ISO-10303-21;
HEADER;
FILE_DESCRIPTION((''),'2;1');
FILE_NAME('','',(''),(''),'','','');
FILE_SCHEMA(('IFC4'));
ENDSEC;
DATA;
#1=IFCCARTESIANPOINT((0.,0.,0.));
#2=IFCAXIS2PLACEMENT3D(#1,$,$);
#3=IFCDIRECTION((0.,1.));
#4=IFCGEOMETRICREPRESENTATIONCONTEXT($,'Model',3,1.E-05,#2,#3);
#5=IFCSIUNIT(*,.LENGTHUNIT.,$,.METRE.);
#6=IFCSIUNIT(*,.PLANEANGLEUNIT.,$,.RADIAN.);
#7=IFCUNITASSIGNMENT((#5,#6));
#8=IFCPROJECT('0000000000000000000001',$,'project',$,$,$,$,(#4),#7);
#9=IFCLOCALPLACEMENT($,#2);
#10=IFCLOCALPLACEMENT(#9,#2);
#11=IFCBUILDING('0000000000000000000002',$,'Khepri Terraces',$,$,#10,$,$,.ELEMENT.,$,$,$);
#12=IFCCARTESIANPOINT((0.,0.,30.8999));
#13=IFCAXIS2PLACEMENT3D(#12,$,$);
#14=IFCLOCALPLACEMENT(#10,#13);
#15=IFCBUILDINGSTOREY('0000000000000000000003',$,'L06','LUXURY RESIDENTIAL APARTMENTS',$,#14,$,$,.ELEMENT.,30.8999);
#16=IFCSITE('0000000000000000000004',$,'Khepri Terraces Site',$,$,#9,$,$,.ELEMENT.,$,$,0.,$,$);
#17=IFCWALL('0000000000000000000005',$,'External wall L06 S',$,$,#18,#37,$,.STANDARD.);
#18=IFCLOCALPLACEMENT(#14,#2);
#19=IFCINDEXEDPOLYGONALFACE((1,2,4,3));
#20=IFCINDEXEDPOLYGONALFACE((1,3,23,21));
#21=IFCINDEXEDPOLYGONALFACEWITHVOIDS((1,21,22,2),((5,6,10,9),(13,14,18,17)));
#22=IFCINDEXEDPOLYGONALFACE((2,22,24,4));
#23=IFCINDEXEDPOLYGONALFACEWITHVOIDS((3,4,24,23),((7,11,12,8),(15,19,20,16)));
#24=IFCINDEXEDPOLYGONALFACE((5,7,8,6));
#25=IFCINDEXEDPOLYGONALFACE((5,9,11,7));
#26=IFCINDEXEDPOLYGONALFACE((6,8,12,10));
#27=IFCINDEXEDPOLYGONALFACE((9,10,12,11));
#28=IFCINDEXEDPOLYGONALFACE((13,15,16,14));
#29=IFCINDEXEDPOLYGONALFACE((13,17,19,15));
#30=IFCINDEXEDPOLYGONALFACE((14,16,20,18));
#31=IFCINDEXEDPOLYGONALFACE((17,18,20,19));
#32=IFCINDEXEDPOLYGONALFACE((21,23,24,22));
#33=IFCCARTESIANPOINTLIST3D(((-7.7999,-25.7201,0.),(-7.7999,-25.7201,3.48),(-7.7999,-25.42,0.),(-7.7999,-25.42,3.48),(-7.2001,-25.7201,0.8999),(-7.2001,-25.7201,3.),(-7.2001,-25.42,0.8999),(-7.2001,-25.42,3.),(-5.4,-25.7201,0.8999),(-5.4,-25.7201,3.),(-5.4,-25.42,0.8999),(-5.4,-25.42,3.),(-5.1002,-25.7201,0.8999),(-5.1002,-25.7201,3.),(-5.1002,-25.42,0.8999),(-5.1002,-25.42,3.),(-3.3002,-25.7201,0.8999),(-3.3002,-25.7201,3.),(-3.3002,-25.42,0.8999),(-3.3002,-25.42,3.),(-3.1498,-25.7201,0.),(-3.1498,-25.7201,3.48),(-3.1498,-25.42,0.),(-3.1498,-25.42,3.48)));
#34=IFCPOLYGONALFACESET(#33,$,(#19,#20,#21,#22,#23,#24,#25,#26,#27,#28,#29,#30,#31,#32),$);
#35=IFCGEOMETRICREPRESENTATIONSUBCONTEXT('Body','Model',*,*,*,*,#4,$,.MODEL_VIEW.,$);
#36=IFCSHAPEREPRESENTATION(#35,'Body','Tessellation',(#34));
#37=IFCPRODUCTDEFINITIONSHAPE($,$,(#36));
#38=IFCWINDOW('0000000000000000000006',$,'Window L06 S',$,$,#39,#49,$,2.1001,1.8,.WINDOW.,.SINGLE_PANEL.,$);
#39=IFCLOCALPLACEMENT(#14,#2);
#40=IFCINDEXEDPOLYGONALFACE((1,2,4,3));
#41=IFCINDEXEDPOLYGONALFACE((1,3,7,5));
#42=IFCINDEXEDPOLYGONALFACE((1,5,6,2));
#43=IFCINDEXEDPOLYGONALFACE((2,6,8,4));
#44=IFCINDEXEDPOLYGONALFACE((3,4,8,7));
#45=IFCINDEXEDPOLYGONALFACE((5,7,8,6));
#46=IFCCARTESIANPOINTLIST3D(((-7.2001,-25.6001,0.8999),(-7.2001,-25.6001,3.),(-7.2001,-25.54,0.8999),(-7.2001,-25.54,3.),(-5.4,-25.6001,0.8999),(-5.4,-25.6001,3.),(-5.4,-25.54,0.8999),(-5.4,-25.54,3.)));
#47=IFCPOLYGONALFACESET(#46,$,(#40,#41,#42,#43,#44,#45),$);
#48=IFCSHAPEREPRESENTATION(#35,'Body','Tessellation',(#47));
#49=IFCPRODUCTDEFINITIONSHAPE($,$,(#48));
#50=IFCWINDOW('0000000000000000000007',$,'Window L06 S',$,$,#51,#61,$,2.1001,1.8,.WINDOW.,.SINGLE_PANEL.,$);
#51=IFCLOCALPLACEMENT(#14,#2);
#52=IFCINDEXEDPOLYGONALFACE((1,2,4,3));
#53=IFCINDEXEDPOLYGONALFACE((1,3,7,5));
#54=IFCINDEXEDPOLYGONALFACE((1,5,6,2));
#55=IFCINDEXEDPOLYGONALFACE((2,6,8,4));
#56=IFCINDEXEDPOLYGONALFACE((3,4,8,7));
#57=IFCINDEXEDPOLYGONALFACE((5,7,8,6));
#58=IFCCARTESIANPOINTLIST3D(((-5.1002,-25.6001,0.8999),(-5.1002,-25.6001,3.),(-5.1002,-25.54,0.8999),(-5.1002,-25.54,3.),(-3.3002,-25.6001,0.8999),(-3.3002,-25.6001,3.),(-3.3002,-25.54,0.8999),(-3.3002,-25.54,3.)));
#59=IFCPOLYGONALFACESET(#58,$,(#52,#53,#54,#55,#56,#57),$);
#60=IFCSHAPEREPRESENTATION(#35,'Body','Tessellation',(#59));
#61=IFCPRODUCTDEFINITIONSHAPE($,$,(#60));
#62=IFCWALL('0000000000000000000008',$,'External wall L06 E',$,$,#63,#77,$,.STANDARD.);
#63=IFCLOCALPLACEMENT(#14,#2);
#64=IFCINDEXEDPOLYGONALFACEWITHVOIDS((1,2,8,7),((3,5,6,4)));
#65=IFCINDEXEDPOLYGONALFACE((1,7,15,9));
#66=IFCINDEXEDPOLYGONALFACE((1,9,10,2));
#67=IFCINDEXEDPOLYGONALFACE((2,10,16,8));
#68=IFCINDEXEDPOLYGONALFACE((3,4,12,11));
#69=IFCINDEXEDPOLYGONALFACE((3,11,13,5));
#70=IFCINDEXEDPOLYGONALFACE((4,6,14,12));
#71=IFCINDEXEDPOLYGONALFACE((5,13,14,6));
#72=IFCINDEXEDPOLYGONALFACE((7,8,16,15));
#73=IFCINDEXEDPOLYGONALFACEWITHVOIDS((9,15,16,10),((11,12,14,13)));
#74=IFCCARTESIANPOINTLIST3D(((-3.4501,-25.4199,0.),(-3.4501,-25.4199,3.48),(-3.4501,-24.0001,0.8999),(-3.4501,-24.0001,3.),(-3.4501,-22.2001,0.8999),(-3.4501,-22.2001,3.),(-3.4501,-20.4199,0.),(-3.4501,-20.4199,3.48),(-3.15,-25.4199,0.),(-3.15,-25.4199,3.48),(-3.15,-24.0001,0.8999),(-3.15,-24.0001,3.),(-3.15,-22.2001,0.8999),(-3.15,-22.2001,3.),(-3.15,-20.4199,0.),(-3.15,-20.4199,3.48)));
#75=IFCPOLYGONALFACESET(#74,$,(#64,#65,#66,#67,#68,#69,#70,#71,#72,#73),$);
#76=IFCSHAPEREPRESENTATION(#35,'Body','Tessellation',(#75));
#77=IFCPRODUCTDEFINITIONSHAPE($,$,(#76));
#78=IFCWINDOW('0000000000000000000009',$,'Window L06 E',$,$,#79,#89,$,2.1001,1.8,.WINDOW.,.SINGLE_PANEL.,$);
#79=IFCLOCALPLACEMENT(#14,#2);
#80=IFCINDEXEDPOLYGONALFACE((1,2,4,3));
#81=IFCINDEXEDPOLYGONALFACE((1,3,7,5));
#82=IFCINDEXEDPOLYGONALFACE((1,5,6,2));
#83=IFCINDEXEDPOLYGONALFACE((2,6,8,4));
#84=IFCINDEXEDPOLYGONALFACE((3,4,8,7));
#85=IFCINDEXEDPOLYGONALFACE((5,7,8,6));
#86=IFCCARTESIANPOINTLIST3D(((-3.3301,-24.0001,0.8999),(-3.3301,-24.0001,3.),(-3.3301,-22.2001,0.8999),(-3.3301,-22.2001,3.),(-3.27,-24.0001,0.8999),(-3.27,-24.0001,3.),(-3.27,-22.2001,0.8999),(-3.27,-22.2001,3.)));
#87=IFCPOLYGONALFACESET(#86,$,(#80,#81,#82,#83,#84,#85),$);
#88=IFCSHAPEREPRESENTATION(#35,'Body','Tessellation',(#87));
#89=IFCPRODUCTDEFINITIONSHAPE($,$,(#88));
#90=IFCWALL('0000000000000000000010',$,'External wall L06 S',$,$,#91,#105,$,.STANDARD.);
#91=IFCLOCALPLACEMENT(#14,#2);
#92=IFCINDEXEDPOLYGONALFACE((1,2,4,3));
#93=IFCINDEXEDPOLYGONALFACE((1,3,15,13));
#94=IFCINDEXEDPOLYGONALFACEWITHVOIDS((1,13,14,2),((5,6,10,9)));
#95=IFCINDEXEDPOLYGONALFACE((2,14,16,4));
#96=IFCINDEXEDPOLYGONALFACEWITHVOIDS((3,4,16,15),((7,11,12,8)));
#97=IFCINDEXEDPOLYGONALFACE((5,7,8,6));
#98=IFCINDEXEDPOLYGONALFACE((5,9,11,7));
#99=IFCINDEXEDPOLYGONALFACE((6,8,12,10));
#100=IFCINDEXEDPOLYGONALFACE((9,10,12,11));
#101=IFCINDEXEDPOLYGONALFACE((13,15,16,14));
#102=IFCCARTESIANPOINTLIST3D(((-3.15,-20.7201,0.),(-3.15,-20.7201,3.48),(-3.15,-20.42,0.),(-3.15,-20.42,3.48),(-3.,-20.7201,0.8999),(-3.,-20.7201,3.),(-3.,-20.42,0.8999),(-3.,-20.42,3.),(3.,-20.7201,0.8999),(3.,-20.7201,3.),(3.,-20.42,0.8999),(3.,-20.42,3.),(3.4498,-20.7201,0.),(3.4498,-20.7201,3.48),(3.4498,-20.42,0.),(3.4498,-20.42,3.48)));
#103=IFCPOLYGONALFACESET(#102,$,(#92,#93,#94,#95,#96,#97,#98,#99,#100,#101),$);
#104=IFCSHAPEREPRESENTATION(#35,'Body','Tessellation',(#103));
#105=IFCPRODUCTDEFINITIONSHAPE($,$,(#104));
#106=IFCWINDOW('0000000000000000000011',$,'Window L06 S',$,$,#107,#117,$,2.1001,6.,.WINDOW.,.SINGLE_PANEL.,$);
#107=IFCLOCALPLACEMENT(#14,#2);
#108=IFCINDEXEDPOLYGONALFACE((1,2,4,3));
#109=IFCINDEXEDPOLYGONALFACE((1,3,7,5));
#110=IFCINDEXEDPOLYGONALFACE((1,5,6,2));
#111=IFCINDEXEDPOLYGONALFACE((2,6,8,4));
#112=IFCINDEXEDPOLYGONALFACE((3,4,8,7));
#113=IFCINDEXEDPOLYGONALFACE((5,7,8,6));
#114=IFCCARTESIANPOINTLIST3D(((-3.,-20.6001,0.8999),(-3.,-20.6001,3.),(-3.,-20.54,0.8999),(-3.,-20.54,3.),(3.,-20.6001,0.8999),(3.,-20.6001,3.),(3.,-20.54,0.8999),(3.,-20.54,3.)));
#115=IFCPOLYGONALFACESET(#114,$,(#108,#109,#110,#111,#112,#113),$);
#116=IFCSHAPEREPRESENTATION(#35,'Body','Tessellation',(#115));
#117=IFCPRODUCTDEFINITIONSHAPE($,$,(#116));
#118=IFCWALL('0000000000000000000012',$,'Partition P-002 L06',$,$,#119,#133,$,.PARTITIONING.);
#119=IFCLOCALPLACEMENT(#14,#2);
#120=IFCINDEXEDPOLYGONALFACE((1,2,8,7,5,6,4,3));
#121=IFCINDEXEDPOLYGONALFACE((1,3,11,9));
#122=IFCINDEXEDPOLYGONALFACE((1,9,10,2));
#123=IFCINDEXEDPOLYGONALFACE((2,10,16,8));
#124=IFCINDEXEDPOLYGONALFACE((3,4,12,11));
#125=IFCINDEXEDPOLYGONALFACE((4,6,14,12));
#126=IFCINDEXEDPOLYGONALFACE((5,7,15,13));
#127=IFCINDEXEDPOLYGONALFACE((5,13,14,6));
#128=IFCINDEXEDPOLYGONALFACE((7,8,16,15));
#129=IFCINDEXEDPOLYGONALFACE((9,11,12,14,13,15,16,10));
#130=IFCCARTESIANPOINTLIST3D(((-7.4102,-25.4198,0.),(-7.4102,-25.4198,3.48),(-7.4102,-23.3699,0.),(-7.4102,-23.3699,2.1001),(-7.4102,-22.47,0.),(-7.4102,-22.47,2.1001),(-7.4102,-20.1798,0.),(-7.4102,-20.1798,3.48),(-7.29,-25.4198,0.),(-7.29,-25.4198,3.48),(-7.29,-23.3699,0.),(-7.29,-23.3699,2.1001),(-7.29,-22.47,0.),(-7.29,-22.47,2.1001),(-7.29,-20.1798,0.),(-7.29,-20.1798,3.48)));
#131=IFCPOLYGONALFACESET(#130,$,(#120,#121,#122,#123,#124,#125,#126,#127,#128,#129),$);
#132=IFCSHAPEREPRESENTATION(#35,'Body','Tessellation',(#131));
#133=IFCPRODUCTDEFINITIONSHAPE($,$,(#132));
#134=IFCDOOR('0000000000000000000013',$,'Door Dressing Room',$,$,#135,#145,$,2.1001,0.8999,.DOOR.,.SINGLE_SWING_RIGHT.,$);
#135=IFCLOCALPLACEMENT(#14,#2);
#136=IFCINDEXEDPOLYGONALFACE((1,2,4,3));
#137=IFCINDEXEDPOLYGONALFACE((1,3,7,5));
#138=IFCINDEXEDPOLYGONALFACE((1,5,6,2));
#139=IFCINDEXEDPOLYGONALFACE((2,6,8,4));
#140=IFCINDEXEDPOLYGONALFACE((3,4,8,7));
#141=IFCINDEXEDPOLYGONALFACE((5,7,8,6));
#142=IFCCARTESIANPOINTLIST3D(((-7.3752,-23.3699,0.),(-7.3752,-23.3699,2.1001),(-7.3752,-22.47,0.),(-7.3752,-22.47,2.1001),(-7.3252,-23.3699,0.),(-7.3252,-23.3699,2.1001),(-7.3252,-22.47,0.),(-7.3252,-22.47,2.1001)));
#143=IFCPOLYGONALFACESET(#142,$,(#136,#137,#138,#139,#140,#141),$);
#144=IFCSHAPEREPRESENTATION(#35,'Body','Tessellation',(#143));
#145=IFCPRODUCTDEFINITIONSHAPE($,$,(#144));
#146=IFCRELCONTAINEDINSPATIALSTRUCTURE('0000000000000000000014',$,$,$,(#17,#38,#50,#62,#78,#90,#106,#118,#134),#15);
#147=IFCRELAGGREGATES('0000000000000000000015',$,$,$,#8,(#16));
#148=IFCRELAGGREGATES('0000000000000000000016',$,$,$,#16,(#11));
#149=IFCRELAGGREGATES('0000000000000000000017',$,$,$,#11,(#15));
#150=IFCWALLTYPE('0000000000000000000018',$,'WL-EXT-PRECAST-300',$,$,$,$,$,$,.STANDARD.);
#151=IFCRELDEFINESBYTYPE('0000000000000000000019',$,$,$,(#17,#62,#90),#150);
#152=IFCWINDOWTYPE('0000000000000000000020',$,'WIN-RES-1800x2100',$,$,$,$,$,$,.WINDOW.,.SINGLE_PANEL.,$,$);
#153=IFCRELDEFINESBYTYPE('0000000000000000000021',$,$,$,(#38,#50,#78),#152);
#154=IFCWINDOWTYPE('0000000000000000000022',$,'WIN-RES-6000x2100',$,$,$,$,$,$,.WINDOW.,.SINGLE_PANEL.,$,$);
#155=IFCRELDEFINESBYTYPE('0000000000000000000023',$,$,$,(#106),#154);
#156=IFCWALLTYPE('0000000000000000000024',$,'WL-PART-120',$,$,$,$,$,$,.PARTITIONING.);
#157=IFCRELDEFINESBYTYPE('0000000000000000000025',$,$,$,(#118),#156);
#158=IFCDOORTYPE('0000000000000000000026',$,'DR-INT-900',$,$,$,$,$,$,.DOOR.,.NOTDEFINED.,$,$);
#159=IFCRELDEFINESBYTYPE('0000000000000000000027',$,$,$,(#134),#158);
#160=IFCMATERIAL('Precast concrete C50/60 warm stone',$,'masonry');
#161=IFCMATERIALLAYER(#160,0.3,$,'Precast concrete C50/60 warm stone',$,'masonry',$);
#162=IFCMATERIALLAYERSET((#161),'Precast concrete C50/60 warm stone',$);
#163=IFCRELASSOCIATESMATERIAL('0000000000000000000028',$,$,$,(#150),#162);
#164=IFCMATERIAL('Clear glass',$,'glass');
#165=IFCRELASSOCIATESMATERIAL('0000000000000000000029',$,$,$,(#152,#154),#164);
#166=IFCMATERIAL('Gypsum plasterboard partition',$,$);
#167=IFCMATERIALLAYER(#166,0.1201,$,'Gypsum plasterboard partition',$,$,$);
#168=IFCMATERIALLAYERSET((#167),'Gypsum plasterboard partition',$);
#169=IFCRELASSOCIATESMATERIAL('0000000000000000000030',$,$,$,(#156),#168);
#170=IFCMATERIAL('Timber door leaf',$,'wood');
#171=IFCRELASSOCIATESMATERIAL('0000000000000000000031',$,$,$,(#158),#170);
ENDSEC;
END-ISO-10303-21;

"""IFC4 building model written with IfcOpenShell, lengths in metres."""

from ifc_helpers import new_model, si_unit, direction, frame, frame_2d, origin, place, context, subcontext, project, spatial, rectangle, extrude, material, layer, layer_set, type_object, element, fill, save


model = new_model("IFC4")

# Units and contexts
model_context = context("Model", 3, precision=1e-05, world=origin(), true_north=direction((0.0, 1.0)))
body_context = subcontext(model_context, "Body", "Model", "MODEL_VIEW")
ifc_project = project(units=[si_unit("LENGTHUNIT", "METRE"), si_unit("PLANEANGLEUNIT", "RADIAN")], contexts=[model_context])

# Site, building, storey
site_placement = place(None, origin())
site = spatial("IfcSite", under=ifc_project, at=site_placement, Name="Khepri Terraces Site", CompositionType="ELEMENT", RefElevation=0.0)
building_placement = place(site_placement, origin())
building = spatial("IfcBuilding", under=site, at=building_placement, Name="Khepri Terraces", CompositionType="ELEMENT")
storey_placement = place(building_placement, frame((0.0, 0.0, 30.8999)))
storey = spatial("IfcBuildingStorey", under=building, at=storey_placement, Name="L06", Description="LUXURY RESIDENTIAL APARTMENTS", CompositionType="ELEMENT", Elevation=30.8999)

# Wall, openings, windows
ifc_material_1 = material(Name="Precast concrete C50/60 warm stone", Category="masonry")
ifc_layer_1 = layer(ifc_material_1, 0.3, Name="Precast concrete C50/60 warm stone", Category="masonry")
ifc_layer_set_1 = layer_set([ifc_layer_1], Name="Precast concrete C50/60 warm stone")
wall_type_1 = type_object("IfcWallType", Name="WL-EXT-PRECAST-300", PredefinedType="STANDARD", material=ifc_layer_set_1)
wall_1_placement = place(storey_placement, frame((-7.8, -25.5701, 0.0), z_axis=(0.0, 0.0, 1.0), x_axis=(1.0, 0.0, 0.0)))
wall_1 = element("IfcWall", 1, at=wall_1_placement, inside=storey, type_object=wall_type_1, Name="External wall L06 S", PredefinedType="STANDARD", context=body_context, shape_type="SweptSolid", body=[
    extrude(rectangle(XDim=4.6501, YDim=0.3, at=frame_2d((2.3252, 0.0))), origin(), (0.0, 0.0, 1.0), 3.48),
])
opening_1_placement = place(wall_1_placement, frame((0.6001, 0.0, 0.8999)))
opening_1 = element("IfcOpeningElement", 2, at=opening_1_placement, cuts=wall_1, PredefinedType="OPENING", context=body_context, shape_type="SweptSolid", body=[
    extrude(rectangle(XDim=1.8, YDim=2.1001, at=frame_2d((0.8999, 1.05))), frame((0.0, 0.1602, 0.0), z_axis=(0.0, -1.0, 0.0), x_axis=(1.0, 0.0, 0.0)), (0.0, 0.0, 1.0), 0.3201),
])
opening_2_placement = place(wall_1_placement, frame((2.7, 0.0, 0.8999)))
opening_2 = element("IfcOpeningElement", 3, at=opening_2_placement, cuts=wall_1, PredefinedType="OPENING", context=body_context, shape_type="SweptSolid", body=[
    extrude(rectangle(XDim=1.8, YDim=2.1001, at=frame_2d((0.8999, 1.05))), frame((0.0, 0.1602, 0.0), z_axis=(0.0, -1.0, 0.0), x_axis=(1.0, 0.0, 0.0)), (0.0, 0.0, 1.0), 0.3201),
])
ifc_material_2 = material(Name="Clear glass", Category="glass")
window_type_1 = type_object("IfcWindowType", Name="WIN-RES-1800x2100", PartitioningType="SINGLE_PANEL", PredefinedType="WINDOW", material=ifc_material_2)
window_1_placement = place(opening_1_placement, origin())
window_1 = element("IfcWindow", 4, at=window_1_placement, inside=storey, type_object=window_type_1, Name="Window L06 S", OverallHeight=2.1001, OverallWidth=1.8, PartitioningType="SINGLE_PANEL", PredefinedType="WINDOW", context=body_context, shape_type="SweptSolid", body=[
    extrude(rectangle(XDim=1.8, YDim=2.1001, at=frame_2d((0.8999, 1.05))), frame((0.0, 0.03, 0.0), z_axis=(0.0, -1.0, 0.0), x_axis=(1.0, 0.0, 0.0)), (0.0, 0.0, 1.0), 0.0601),
])
fill(opening_1, window_1)
window_2_placement = place(opening_2_placement, origin())
window_2 = element("IfcWindow", 5, at=window_2_placement, inside=storey, type_object=window_type_1, Name="Window L06 S", OverallHeight=2.1001, OverallWidth=1.8, PartitioningType="SINGLE_PANEL", PredefinedType="WINDOW", context=body_context, shape_type="SweptSolid", body=[
    extrude(rectangle(XDim=1.8, YDim=2.1001, at=frame_2d((0.8999, 1.05))), frame((0.0, 0.03, 0.0), z_axis=(0.0, -1.0, 0.0), x_axis=(1.0, 0.0, 0.0)), (0.0, 0.0, 1.0), 0.0601),
])
fill(opening_2, window_2)

# Walls, openings, windows
wall_2_placement = place(storey_placement, frame((-3.3, -25.4199, 0.0), z_axis=(0.0, 0.0, 1.0), x_axis=(0.0, 1.0, 0.0)))
wall_2 = element("IfcWall", 6, at=wall_2_placement, inside=storey, type_object=wall_type_1, Name="External wall L06 E", PredefinedType="STANDARD", context=body_context, shape_type="SweptSolid", body=[
    extrude(rectangle(XDim=5.0, YDim=0.3, at=frame_2d((2.5, 0.0))), origin(), (0.0, 0.0, 1.0), 3.48),
])
opening_3_placement = place(wall_2_placement, frame((1.4199, 0.0, 0.8999)))
opening_3 = element("IfcOpeningElement", 7, at=opening_3_placement, cuts=wall_2, PredefinedType="OPENING", context=body_context, shape_type="SweptSolid", body=[
    extrude(rectangle(XDim=1.8, YDim=2.1001, at=frame_2d((0.8999, 1.05))), frame((0.0, 0.1602, 0.0), z_axis=(0.0, -1.0, 0.0), x_axis=(1.0, 0.0, 0.0)), (0.0, 0.0, 1.0), 0.3201),
])
window_3_placement = place(opening_3_placement, origin())
window_3 = element("IfcWindow", 8, at=window_3_placement, inside=storey, type_object=window_type_1, Name="Window L06 E", OverallHeight=2.1001, OverallWidth=1.8, PartitioningType="SINGLE_PANEL", PredefinedType="WINDOW", context=body_context, shape_type="SweptSolid", body=[
    extrude(rectangle(XDim=1.8, YDim=2.1001, at=frame_2d((0.8999, 1.05))), frame((0.0, 0.03, 0.0), z_axis=(0.0, -1.0, 0.0), x_axis=(1.0, 0.0, 0.0)), (0.0, 0.0, 1.0), 0.0601),
])
fill(opening_3, window_3)
wall_3_placement = place(storey_placement, frame((-3.1499, -20.5701, 0.0), z_axis=(0.0, 0.0, 1.0), x_axis=(1.0, 0.0, 0.0)))
wall_3 = element("IfcWall", 9, at=wall_3_placement, inside=storey, type_object=wall_type_1, Name="External wall L06 S", PredefinedType="STANDARD", context=body_context, shape_type="SweptSolid", body=[
    extrude(rectangle(XDim=6.5999, YDim=0.3, at=frame_2d((3.2998, 0.0))), origin(), (0.0, 0.0, 1.0), 3.48),
])
opening_4_placement = place(wall_3_placement, frame((0.1499, 0.0, 0.8999)))
opening_4 = element("IfcOpeningElement", 10, at=opening_4_placement, cuts=wall_3, PredefinedType="OPENING", context=body_context, shape_type="SweptSolid", body=[
    extrude(rectangle(XDim=6.0, YDim=2.1001, at=frame_2d((3.0, 1.05))), frame((0.0, 0.1602, 0.0), z_axis=(0.0, -1.0, 0.0), x_axis=(1.0, 0.0, 0.0)), (0.0, 0.0, 1.0), 0.3201),
])
window_type_2 = type_object("IfcWindowType", Name="WIN-RES-6000x2100", PartitioningType="SINGLE_PANEL", PredefinedType="WINDOW", material=ifc_material_2)
window_4_placement = place(opening_4_placement, origin())
window_4 = element("IfcWindow", 11, at=window_4_placement, inside=storey, type_object=window_type_2, Name="Window L06 S", OverallHeight=2.1001, OverallWidth=6.0, PartitioningType="SINGLE_PANEL", PredefinedType="WINDOW", context=body_context, shape_type="SweptSolid", body=[
    extrude(rectangle(XDim=6.0, YDim=2.1001, at=frame_2d((3.0, 1.05))), frame((0.0, 0.03, 0.0), z_axis=(0.0, -1.0, 0.0), x_axis=(1.0, 0.0, 0.0)), (0.0, 0.0, 1.0), 0.0601),
])
fill(opening_4, window_4)

# Wall, opening, door
ifc_material_3 = material(Name="Gypsum plasterboard partition")
ifc_layer_2 = layer(ifc_material_3, 0.1201, Name="Gypsum plasterboard partition")
ifc_layer_set_2 = layer_set([ifc_layer_2], Name="Gypsum plasterboard partition")
wall_type_2 = type_object("IfcWallType", Name="WL-PART-120", PredefinedType="PARTITIONING", material=ifc_layer_set_2)
wall_4_placement = place(storey_placement, frame((-7.3501, -25.4199, 0.0), z_axis=(0.0, 0.0, 1.0), x_axis=(0.0, 1.0, 0.0)))
wall_4 = element("IfcWall", 12, at=wall_4_placement, inside=storey, type_object=wall_type_2, Name="Partition P-002 L06", PredefinedType="PARTITIONING", context=body_context, shape_type="SweptSolid", body=[
    extrude(rectangle(XDim=5.24, YDim=0.1201, at=frame_2d((2.6201, 0.0))), origin(), (0.0, 0.0, 1.0), 3.48),
])
opening_5_placement = place(wall_4_placement, frame((2.05, 0.0, 0.0)))
opening_5 = element("IfcOpeningElement", 13, at=opening_5_placement, cuts=wall_4, PredefinedType="OPENING", context=body_context, shape_type="SweptSolid", body=[
    extrude(rectangle(XDim=0.8999, YDim=2.1001, at=frame_2d((0.45, 1.05))), frame((0.0, 0.0701, 0.0), z_axis=(0.0, -1.0, 0.0), x_axis=(1.0, 0.0, 0.0)), (0.0, 0.0, 1.0), 0.1401),
])
ifc_material_4 = material(Name="Timber door leaf", Category="wood")
door_type_1 = type_object("IfcDoorType", Name="DR-INT-900", OperationType="NOTDEFINED", PredefinedType="DOOR", material=ifc_material_4)
door_1_placement = place(opening_5_placement, frame((0.8999, 0.0, 0.0), z_axis=(0.0, 0.0, 1.0), x_axis=(-1.0, 0.0, 0.0)))
door_1 = element("IfcDoor", 14, at=door_1_placement, inside=storey, type_object=door_type_1, Name="Door Dressing Room", OperationType="SINGLE_SWING_RIGHT", OverallHeight=2.1001, OverallWidth=0.8999, PredefinedType="DOOR", context=body_context, shape_type="SweptSolid", body=[
    extrude(rectangle(XDim=0.8999, YDim=2.1001, at=frame_2d((0.45, 1.05))), frame((0.0, 0.0249, 0.0), z_axis=(0.0, -1.0, 0.0), x_axis=(1.0, 0.0, 0.0)), (0.0, 0.0, 1.0), 0.05),
])
fill(opening_5, door_1)

save(model, "model.ifc")
